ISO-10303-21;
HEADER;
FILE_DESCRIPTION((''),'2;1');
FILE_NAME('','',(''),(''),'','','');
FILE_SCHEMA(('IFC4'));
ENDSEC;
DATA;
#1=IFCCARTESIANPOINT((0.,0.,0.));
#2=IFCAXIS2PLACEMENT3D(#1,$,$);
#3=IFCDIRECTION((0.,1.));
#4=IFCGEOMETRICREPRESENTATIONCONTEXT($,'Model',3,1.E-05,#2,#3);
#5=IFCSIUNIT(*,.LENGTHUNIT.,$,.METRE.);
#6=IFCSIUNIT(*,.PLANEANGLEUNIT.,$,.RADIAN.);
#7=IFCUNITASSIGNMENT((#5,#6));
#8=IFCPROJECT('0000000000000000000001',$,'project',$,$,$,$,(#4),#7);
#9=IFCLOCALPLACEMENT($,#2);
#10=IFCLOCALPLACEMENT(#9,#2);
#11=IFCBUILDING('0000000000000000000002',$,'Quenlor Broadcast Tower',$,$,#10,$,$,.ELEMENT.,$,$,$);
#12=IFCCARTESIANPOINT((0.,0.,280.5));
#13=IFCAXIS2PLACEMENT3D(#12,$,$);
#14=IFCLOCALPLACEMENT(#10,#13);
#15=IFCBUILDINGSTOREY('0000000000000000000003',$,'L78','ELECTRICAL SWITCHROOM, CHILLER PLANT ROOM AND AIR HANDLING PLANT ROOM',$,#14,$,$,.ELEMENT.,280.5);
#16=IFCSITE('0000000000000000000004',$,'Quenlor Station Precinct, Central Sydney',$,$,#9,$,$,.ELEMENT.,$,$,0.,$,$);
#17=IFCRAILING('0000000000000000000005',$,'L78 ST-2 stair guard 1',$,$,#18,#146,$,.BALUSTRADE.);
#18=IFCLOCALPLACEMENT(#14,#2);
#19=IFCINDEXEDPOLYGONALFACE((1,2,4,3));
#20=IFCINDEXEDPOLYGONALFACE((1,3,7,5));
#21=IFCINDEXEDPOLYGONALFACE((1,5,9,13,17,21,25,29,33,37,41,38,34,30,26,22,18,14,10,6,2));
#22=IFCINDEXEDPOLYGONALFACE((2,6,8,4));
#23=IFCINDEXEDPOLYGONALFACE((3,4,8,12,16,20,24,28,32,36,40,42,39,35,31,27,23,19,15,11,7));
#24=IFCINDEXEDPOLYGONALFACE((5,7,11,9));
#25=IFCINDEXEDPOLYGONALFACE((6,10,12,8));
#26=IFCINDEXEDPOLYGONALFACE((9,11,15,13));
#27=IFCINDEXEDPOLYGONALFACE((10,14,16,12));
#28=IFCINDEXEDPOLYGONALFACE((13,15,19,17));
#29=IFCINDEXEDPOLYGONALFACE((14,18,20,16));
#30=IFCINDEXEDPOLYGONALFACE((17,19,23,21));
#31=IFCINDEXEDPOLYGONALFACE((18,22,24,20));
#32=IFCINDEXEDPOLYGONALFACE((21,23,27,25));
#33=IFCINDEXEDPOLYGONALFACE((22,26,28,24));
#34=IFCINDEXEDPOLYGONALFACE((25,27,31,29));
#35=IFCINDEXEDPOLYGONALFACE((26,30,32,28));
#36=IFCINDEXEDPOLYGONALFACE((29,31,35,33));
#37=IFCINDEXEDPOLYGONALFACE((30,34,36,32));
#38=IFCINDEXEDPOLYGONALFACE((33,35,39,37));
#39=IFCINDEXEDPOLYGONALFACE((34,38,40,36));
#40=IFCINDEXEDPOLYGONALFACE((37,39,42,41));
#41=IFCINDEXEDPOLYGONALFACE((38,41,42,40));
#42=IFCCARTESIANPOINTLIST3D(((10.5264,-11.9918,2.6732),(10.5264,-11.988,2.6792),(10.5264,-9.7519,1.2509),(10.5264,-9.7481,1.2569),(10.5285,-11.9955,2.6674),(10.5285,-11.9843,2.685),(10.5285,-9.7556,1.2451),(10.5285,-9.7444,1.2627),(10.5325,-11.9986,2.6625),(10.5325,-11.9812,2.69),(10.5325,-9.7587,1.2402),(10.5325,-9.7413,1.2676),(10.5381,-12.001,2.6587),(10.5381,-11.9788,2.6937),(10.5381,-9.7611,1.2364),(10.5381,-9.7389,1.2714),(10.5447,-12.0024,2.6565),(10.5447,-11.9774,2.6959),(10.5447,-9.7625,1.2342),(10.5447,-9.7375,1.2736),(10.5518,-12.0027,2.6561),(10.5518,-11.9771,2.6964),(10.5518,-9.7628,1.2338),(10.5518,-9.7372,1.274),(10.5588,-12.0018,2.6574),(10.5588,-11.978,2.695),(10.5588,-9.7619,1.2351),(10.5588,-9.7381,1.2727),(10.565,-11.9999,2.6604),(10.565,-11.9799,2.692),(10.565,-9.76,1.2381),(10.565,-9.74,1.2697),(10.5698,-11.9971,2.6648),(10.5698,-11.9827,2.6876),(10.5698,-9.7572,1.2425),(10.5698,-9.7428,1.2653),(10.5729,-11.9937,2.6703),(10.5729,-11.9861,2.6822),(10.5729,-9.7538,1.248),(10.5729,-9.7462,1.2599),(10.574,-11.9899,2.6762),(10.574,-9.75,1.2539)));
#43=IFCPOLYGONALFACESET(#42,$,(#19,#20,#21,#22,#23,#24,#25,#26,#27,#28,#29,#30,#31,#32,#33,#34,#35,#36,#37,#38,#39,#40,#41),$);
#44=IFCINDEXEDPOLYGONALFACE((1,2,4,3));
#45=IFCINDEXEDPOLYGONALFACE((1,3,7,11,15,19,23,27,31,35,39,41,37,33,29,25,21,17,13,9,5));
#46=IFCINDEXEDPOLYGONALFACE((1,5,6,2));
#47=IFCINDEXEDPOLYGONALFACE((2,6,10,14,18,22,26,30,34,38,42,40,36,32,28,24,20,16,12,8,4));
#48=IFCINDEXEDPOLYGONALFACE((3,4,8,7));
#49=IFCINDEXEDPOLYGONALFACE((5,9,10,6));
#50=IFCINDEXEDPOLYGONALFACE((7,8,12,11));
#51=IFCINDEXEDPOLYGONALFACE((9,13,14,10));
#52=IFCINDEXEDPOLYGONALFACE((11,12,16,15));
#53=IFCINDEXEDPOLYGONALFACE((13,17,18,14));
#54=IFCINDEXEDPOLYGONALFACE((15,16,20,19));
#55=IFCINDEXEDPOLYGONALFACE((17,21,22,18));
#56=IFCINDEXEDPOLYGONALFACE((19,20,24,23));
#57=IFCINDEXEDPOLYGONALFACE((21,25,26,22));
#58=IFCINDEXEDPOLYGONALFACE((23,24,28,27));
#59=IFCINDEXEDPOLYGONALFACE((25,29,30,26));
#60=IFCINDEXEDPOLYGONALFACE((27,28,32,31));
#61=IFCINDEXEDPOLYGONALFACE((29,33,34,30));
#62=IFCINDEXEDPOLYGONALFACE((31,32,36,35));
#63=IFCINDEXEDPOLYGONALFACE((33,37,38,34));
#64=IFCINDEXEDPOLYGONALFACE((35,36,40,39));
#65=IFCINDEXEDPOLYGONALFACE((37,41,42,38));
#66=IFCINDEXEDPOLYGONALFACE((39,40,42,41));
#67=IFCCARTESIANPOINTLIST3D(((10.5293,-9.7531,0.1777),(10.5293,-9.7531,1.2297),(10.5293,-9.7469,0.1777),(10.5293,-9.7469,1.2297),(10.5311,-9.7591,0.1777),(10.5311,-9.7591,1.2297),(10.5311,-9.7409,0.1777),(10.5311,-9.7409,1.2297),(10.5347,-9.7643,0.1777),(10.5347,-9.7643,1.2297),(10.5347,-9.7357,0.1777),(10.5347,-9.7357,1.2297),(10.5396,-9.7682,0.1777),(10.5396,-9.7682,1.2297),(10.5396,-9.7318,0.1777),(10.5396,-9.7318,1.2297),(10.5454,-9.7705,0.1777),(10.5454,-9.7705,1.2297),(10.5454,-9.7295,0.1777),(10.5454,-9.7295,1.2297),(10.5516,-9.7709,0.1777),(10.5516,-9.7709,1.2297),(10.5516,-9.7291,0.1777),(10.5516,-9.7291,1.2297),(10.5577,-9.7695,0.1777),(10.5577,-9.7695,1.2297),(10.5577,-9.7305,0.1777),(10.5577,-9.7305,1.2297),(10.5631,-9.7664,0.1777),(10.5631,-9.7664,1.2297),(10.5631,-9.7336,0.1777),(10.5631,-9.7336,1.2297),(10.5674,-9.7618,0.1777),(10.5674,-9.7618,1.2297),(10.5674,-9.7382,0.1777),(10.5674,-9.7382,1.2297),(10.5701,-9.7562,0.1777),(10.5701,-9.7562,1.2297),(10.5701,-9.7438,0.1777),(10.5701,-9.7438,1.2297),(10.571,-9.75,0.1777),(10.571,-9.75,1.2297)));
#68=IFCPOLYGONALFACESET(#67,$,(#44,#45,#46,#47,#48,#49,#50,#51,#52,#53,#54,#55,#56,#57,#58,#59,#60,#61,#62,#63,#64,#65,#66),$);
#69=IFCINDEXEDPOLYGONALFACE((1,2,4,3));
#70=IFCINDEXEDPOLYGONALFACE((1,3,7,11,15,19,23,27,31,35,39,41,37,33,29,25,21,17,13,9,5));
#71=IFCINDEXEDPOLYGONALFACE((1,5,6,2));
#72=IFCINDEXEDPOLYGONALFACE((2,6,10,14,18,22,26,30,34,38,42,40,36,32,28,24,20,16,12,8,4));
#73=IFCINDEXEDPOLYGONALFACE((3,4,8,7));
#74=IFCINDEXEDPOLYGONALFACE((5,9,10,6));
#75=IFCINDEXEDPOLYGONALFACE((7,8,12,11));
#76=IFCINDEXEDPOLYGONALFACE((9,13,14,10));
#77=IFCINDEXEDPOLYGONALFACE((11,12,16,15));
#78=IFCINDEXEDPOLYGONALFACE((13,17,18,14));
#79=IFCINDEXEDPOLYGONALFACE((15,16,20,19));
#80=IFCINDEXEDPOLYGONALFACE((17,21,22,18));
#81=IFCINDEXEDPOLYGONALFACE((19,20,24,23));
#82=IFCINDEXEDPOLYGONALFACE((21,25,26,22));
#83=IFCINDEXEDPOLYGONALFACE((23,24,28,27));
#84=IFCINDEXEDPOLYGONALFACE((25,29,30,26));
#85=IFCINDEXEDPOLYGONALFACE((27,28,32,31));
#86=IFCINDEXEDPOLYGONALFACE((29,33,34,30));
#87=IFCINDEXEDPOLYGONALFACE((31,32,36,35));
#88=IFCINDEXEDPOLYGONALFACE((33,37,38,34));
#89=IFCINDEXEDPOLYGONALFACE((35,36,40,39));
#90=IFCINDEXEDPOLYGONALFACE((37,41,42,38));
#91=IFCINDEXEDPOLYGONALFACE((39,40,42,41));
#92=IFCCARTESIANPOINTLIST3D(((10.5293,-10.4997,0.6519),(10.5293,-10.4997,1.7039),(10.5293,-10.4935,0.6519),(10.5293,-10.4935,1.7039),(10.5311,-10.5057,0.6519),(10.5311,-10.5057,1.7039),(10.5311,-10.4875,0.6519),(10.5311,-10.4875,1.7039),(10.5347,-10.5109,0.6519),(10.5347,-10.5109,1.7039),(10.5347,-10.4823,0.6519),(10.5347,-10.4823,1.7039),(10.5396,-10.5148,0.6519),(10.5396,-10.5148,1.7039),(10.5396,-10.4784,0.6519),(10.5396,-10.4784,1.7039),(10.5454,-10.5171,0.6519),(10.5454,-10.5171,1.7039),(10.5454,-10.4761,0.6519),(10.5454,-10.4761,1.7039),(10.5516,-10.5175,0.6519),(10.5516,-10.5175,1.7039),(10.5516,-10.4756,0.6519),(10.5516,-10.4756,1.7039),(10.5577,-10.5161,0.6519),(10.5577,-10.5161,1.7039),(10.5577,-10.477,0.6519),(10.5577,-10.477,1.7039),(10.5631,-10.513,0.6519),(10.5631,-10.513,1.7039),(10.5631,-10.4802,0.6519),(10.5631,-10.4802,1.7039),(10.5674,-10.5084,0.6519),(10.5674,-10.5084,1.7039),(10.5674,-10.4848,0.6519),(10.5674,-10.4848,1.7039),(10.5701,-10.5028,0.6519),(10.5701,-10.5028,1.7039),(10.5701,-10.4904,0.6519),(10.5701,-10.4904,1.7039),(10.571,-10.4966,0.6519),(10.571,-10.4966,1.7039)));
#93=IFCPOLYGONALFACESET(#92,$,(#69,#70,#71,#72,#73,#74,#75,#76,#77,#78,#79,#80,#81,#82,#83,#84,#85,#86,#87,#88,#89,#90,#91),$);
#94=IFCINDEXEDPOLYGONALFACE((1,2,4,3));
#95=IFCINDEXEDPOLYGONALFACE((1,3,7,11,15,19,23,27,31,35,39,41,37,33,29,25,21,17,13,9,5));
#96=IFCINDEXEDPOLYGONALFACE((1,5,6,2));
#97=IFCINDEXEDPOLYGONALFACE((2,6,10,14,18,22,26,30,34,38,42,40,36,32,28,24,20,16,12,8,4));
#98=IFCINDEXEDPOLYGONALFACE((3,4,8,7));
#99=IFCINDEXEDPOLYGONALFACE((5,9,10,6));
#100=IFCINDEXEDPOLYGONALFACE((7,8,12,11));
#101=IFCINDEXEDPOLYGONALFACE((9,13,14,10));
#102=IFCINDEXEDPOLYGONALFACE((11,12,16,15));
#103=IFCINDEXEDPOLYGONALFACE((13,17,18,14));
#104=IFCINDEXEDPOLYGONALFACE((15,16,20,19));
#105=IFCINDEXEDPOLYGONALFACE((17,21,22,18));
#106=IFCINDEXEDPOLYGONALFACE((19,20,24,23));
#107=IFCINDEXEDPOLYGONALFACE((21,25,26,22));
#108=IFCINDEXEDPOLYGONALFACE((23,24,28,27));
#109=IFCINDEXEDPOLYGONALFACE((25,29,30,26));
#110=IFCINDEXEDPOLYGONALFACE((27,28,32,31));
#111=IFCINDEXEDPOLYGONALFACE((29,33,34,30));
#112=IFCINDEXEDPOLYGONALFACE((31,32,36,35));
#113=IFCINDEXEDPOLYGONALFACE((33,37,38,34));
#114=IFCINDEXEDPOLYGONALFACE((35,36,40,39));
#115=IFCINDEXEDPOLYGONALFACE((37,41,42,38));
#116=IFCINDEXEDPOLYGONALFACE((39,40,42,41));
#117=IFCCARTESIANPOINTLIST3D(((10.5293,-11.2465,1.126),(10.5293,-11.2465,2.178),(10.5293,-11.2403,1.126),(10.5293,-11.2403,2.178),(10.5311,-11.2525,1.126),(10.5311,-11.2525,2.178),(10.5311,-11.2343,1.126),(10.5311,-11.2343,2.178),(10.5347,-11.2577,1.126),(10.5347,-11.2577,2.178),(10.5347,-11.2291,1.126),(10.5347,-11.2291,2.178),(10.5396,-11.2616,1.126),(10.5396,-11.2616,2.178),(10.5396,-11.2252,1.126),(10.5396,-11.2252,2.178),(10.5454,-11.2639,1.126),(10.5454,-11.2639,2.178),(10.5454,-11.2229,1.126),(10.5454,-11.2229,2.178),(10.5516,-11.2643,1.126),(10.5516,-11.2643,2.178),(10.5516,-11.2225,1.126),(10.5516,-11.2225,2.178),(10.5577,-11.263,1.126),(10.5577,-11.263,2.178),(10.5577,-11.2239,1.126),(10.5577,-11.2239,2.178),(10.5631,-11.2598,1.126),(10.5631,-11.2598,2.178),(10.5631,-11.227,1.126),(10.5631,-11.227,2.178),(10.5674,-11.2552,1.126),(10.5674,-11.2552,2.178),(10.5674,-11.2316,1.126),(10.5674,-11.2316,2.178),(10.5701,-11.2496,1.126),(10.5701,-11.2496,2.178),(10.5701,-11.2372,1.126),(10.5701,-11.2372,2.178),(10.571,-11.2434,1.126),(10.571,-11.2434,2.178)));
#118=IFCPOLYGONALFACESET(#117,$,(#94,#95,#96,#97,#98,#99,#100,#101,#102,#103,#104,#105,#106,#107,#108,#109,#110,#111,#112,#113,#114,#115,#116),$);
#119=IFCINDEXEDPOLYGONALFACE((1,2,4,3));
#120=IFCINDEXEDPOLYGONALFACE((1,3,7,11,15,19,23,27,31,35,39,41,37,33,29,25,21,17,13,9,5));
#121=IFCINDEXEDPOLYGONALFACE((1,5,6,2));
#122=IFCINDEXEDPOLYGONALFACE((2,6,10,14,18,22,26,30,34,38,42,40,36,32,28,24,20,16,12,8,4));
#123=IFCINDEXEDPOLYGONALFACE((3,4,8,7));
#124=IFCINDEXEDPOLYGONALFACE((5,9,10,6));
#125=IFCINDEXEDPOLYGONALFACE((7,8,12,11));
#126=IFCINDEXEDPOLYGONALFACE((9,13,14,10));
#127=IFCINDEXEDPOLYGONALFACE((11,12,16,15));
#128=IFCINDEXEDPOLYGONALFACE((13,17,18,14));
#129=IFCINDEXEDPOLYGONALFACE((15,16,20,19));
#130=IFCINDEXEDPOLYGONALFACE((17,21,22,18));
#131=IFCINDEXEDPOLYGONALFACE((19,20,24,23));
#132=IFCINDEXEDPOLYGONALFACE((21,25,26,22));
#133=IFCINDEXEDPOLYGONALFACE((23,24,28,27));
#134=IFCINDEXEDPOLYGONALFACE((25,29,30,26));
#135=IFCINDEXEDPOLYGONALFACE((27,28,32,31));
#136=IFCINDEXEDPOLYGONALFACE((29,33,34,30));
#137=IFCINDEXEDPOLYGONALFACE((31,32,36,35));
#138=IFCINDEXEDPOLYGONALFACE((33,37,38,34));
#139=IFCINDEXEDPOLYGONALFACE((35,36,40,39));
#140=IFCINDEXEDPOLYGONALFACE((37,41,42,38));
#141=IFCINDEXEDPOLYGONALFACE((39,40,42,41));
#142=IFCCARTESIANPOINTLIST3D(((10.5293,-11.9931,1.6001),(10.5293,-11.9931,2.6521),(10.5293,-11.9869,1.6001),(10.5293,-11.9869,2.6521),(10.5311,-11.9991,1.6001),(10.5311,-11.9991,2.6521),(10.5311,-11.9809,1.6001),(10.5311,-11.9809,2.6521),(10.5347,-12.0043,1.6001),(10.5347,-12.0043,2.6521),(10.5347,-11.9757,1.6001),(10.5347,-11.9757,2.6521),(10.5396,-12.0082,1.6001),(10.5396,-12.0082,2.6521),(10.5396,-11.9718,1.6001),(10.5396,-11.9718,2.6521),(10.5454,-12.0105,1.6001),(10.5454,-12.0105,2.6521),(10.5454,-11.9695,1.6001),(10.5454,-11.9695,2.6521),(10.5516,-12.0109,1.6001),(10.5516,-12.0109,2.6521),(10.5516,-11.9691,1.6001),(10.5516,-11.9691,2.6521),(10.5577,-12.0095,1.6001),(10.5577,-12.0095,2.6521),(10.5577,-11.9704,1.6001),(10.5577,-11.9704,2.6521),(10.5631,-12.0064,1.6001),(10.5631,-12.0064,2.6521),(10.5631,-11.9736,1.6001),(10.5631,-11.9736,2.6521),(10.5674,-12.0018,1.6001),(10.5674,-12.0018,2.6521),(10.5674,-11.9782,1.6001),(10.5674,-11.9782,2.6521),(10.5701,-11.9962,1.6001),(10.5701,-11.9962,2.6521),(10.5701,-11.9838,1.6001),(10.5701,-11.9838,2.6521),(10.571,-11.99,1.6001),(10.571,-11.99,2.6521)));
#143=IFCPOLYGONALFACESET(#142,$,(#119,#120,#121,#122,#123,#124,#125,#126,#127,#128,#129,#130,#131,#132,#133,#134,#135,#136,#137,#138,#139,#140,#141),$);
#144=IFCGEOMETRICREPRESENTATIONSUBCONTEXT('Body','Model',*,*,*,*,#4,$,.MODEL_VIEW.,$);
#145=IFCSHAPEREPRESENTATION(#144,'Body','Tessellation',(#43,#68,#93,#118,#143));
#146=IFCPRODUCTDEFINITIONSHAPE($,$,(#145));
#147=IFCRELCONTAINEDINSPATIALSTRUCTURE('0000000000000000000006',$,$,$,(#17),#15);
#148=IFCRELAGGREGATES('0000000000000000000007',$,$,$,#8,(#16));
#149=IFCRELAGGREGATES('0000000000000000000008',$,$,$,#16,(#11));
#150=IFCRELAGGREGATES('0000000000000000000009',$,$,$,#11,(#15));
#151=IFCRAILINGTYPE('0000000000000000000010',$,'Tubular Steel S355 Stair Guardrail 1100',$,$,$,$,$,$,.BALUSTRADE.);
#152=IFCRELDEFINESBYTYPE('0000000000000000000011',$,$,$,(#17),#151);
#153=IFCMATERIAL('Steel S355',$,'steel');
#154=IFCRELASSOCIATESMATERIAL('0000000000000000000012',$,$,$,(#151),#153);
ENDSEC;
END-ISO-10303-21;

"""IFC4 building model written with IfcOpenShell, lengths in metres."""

from ifc_helpers import new_model, si_unit, direction, frame, origin, origin_2d, place, context, subcontext, project, spatial, circle, extrude, material, type_object, element, save


model = new_model("IFC4")

# Units and contexts
model_context = context("Model", 3, precision=1e-05, world=origin(), true_north=direction((0.0, 1.0)))
body_context = subcontext(model_context, "Body", "Model", "MODEL_VIEW")
ifc_project = project(units=[si_unit("LENGTHUNIT", "METRE"), si_unit("PLANEANGLEUNIT", "RADIAN")], contexts=[model_context])

# Site, building, storey
site_placement = place(None, origin())
site = spatial("IfcSite", under=ifc_project, at=site_placement, Name="Quenlor Station Precinct, Central Sydney", CompositionType="ELEMENT", RefElevation=0.0)
building_placement = place(site_placement, origin())
building = spatial("IfcBuilding", under=site, at=building_placement, Name="Quenlor Broadcast Tower", CompositionType="ELEMENT")
storey_placement = place(building_placement, frame((0.0, 0.0, 280.5)))
storey = spatial("IfcBuildingStorey", under=building, at=storey_placement, Name="L78", Description="ELECTRICAL SWITCHROOM, CHILLER PLANT ROOM AND AIR HANDLING PLANT ROOM", CompositionType="ELEMENT", Elevation=280.5)

# Railing
ifc_material_1 = material(Name="Steel S355", Category="steel")
railing_type_1 = type_object("IfcRailingType", Name="Tubular Steel S355 Stair Guardrail 1100", PredefinedType="BALUSTRADE", material=ifc_material_1)
railing_1_placement = place(storey_placement, frame((10.55, -9.75, 0.1777)))
element("IfcRailing", 1, at=railing_1_placement, inside=storey, type_object=railing_type_1, Name="L78 ST-2 stair guard 1", PredefinedType="BALUSTRADE", context=body_context, shape_type="SweptSolid", body=[
    extrude(circle(Radius=0.0239, at=origin_2d()), frame((0.0, 0.0, 1.0762), z_axis=(0.0, -0.844188, 0.536048), x_axis=(1.0, 0.0, 0.0)), (0.0, 0.0, 1.0), 2.6533),
    extrude(circle(Radius=0.021, at=origin_2d()), origin(), (0.0, 0.0, 1.0), 1.052),
    extrude(circle(Radius=0.021, at=origin_2d()), frame((0.0, -0.7466, 0.4741)), (0.0, 0.0, 1.0), 1.052),
    extrude(circle(Radius=0.021, at=origin_2d()), frame((0.0, -1.4934, 0.9482)), (0.0, 0.0, 1.0), 1.052),
    extrude(circle(Radius=0.021, at=origin_2d()), frame((0.0, -2.24, 1.4224)), (0.0, 0.0, 1.0), 1.052),
])

save(model, "model.ifc")
